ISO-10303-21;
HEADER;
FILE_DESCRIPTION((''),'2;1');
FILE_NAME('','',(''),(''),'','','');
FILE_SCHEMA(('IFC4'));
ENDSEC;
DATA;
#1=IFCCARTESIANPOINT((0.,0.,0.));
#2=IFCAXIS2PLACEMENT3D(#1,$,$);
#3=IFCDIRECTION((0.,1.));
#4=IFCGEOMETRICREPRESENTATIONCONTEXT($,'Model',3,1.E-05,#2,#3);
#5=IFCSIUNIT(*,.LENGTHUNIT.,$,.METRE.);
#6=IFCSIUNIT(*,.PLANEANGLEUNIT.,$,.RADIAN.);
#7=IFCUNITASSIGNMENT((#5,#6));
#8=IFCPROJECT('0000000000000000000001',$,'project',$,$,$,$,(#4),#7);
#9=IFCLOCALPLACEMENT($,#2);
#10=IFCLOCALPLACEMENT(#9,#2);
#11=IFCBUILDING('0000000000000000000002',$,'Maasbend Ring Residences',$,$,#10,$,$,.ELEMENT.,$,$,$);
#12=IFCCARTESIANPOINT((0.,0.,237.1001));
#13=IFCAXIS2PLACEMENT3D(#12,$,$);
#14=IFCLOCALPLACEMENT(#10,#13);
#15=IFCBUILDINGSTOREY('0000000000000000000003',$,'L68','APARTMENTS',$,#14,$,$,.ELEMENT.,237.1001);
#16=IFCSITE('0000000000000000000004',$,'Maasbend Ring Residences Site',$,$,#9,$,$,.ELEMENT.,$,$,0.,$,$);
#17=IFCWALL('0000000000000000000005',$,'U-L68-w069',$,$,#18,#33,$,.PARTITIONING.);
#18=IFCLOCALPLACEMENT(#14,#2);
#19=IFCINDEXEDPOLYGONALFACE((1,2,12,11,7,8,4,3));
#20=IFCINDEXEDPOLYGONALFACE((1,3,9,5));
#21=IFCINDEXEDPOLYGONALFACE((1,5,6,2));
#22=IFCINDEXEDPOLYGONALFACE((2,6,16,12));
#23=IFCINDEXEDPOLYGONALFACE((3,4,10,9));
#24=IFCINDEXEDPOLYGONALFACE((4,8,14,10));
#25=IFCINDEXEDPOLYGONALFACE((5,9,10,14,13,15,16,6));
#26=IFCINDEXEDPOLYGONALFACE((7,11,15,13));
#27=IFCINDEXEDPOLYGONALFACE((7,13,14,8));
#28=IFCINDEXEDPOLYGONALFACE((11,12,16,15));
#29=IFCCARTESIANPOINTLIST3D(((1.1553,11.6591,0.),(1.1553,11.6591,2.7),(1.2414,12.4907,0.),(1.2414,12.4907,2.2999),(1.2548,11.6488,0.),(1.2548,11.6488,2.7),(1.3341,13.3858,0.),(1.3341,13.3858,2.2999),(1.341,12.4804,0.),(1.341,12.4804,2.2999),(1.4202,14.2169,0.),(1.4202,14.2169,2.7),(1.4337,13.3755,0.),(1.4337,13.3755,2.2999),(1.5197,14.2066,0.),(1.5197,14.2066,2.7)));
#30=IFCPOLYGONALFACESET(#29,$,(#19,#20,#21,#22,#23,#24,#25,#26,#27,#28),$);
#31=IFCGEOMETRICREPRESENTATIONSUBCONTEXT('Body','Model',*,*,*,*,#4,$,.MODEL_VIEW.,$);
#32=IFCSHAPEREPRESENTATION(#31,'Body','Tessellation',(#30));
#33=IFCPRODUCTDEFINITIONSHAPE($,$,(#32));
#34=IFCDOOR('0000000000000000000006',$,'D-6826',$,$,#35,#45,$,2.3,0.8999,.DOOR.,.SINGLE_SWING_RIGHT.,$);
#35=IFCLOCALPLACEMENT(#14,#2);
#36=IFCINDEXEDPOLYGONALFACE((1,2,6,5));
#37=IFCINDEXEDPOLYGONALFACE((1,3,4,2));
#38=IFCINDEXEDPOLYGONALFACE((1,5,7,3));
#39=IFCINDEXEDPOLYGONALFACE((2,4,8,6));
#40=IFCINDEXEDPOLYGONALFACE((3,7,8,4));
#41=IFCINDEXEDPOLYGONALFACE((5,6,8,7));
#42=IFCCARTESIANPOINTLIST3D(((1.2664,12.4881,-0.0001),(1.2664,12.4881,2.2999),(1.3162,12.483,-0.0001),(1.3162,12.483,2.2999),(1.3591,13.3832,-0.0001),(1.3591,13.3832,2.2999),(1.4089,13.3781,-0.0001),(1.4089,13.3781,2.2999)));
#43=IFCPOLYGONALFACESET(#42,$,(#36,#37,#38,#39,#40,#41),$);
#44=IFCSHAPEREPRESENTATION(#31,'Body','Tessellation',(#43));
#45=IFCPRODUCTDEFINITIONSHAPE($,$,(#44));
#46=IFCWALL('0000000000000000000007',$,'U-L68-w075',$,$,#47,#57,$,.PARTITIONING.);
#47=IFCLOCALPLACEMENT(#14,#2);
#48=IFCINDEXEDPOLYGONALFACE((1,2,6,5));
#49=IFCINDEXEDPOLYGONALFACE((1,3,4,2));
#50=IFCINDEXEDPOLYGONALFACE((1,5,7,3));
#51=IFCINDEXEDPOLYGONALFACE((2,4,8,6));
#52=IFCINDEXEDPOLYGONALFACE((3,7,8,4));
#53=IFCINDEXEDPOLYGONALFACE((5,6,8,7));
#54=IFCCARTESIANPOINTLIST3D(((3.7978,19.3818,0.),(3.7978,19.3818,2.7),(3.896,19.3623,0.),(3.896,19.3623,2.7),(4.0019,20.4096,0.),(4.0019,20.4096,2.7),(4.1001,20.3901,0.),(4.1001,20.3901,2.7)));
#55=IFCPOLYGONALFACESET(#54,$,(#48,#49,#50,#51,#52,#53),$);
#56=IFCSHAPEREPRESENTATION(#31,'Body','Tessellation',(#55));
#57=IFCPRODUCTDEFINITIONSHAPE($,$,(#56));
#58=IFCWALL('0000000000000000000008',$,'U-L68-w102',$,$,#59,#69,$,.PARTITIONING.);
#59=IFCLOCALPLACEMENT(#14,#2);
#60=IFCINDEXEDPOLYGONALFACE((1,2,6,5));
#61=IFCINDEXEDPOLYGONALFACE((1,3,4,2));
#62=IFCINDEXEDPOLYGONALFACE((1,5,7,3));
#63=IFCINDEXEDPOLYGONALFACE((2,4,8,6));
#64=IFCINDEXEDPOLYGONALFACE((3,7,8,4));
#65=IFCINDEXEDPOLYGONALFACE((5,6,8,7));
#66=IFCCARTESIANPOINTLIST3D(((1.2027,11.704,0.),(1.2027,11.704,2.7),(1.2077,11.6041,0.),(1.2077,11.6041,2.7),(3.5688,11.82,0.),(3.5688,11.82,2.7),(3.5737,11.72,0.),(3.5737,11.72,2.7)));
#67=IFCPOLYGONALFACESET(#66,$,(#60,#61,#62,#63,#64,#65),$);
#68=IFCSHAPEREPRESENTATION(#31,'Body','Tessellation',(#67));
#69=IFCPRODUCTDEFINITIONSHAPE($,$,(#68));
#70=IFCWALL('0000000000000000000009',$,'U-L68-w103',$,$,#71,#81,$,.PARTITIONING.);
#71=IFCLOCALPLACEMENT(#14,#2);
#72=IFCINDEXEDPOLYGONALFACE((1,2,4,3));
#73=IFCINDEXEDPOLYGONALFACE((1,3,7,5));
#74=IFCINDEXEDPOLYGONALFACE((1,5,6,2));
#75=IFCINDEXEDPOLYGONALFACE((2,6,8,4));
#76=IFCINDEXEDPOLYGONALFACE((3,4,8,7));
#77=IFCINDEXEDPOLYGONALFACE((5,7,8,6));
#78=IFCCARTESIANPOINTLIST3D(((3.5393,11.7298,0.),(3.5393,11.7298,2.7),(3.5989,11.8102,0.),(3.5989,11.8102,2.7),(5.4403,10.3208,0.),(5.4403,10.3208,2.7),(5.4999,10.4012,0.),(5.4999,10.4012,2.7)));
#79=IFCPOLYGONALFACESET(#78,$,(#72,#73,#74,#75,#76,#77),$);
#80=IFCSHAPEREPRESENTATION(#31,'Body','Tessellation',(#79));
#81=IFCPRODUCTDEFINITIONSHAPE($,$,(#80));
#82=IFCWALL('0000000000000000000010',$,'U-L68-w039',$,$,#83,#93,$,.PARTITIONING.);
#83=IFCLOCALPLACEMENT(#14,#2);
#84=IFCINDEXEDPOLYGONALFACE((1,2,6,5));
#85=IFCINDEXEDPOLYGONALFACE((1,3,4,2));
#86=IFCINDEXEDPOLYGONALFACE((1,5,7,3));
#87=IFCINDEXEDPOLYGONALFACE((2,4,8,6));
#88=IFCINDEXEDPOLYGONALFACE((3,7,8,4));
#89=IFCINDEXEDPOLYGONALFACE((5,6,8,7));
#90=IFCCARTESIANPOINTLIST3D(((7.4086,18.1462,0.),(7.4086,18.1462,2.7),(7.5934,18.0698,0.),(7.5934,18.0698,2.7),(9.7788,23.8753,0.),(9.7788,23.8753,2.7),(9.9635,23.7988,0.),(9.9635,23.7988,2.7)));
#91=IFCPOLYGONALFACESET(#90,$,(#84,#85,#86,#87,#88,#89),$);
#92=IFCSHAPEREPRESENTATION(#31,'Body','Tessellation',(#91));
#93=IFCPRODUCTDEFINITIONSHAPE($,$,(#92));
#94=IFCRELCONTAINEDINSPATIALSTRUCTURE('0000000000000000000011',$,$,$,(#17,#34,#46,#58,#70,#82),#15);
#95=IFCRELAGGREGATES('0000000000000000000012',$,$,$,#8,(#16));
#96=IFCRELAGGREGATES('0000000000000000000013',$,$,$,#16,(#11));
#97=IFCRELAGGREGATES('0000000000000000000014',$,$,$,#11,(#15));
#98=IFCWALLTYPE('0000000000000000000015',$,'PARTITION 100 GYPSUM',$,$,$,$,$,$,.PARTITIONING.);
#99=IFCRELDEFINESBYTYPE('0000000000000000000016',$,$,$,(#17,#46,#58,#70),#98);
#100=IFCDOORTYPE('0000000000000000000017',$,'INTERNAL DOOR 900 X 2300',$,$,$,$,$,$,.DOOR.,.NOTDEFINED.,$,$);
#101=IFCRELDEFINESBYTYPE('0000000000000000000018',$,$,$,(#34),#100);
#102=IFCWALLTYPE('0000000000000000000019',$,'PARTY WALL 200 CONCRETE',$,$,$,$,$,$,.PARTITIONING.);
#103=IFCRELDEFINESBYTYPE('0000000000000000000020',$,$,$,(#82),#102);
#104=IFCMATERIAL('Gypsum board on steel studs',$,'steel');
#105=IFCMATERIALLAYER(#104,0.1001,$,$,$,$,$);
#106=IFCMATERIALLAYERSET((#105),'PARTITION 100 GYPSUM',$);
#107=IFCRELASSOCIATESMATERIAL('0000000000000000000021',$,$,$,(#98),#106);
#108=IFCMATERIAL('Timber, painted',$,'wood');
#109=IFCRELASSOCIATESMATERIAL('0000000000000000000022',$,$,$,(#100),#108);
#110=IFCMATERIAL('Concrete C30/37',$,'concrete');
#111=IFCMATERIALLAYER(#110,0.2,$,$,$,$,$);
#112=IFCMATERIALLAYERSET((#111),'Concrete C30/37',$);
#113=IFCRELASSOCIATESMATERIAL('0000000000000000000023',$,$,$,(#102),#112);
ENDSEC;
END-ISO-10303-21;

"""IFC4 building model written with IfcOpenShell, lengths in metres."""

from ifc_helpers import new_model, si_unit, direction, frame, frame_2d, origin, place, context, subcontext, project, spatial, rectangle, extrude, material, layer, layer_set, type_object, element, fill, save


model = new_model("IFC4")

# Units and contexts
model_context = context("Model", 3, precision=1e-05, world=origin(), true_north=direction((0.0, 1.0)))
body_context = subcontext(model_context, "Body", "Model", "MODEL_VIEW")
ifc_project = project(units=[si_unit("LENGTHUNIT", "METRE"), si_unit("PLANEANGLEUNIT", "RADIAN")], contexts=[model_context])

# Site, building, storey
site_placement = place(None, origin())
site = spatial("IfcSite", under=ifc_project, at=site_placement, Name="Maasbend Ring Residences Site", CompositionType="ELEMENT", RefElevation=0.0)
building_placement = place(site_placement, origin())
building = spatial("IfcBuilding", under=site, at=building_placement, Name="Maasbend Ring Residences", CompositionType="ELEMENT")
storey_placement = place(building_placement, frame((0.0, 0.0, 237.1001)))
storey = spatial("IfcBuildingStorey", under=building, at=storey_placement, Name="L68", Description="APARTMENTS", CompositionType="ELEMENT", Elevation=237.1001)

# Shared definitions
ifc_material_1 = material(Name="Gypsum board on steel studs", Category="steel")
ifc_layer_1 = layer(ifc_material_1, 0.1001)
ifc_layer_set_1 = layer_set([ifc_layer_1], Name="PARTITION 100 GYPSUM")
wall_type_1 = type_object("IfcWallType", Name="PARTITION 100 GYPSUM", PredefinedType="PARTITIONING", material=ifc_layer_set_1)

# Wall, opening, door
wall_1_placement = place(storey_placement, frame((1.2051, 11.6541, 0.0), z_axis=(0.0, 0.0, 1.0), x_axis=(0.103009, 0.99468, 0.0)))
wall_1 = element("IfcWall", 1, at=wall_1_placement, inside=storey, type_object=wall_type_1, Name="U-L68-w069", PredefinedType="PARTITIONING", context=body_context, shape_type="SweptSolid", body=[
    extrude(rectangle(XDim=2.5715, YDim=0.1001, at=frame_2d((1.2856, 0.0))), origin(), (0.0, 0.0, 1.0), 2.7),
])
opening_1_placement = place(wall_1_placement, frame((0.8359, 0.0, 0.0)))
opening_1 = element("IfcOpeningElement", 2, at=opening_1_placement, cuts=wall_1, PredefinedType="OPENING", context=body_context, shape_type="SweptSolid", body=[
    extrude(rectangle(XDim=0.8999, YDim=2.3, at=frame_2d((0.45, 1.1499))), frame((0.0, 0.0601, 0.0), z_axis=(0.0, -1.0, 0.0), x_axis=(1.0, 0.0, 0.0)), (0.0, 0.0, 1.0), 0.1201),
])
ifc_material_2 = material(Name="Timber, painted", Category="wood")
door_type_1 = type_object("IfcDoorType", Name="INTERNAL DOOR 900 X 2300", OperationType="NOTDEFINED", PredefinedType="DOOR", material=ifc_material_2)
door_1_placement = place(opening_1_placement, origin())
door_1 = element("IfcDoor", 3, at=door_1_placement, inside=storey, type_object=door_type_1, Name="D-6826", OperationType="SINGLE_SWING_RIGHT", OverallHeight=2.3, OverallWidth=0.8999, PredefinedType="DOOR", context=body_context, shape_type="SweptSolid", body=[
    extrude(rectangle(XDim=0.8999, YDim=2.3, at=frame_2d((0.45, 1.1499))), frame((0.0, 0.0249, 0.0), z_axis=(0.0, -1.0, 0.0), x_axis=(1.0, 0.0, 0.0)), (0.0, 0.0, 1.0), 0.05),
])
fill(opening_1, door_1)

# Walls
wall_2_placement = place(storey_placement, frame((3.8469, 19.3721, 0.0), z_axis=(0.0, 0.0, 1.0), x_axis=(0.194772, 0.980849, 0.0)))
element("IfcWall", 4, at=wall_2_placement, inside=storey, type_object=wall_type_1, Name="U-L68-w075", PredefinedType="PARTITIONING", context=body_context, shape_type="SweptSolid", body=[
    extrude(rectangle(XDim=1.0479, YDim=0.1001, at=frame_2d((0.5239, 0.0))), origin(), (0.0, 0.0, 1.0), 2.7),
])
wall_3_placement = place(storey_placement, frame((1.2051, 11.6541, 0.0), z_axis=(0.0, 0.0, 1.0), x_axis=(0.998801, 0.048956, 0.0)))
element("IfcWall", 5, at=wall_3_placement, inside=storey, type_object=wall_type_1, Name="U-L68-w102", PredefinedType="PARTITIONING", context=body_context, shape_type="SweptSolid", body=[
    extrude(rectangle(XDim=2.3689, YDim=0.1001, at=frame_2d((1.1846, 0.0))), origin(), (0.0, 0.0, 1.0), 2.7),
])
wall_4_placement = place(storey_placement, frame((3.5691, 11.77, 0.0), z_axis=(0.0, 0.0, 1.0), x_axis=(0.80338, -0.595467, 0.0)))
element("IfcWall", 6, at=wall_4_placement, inside=storey, type_object=wall_type_1, Name="U-L68-w103", PredefinedType="PARTITIONING", context=body_context, shape_type="SweptSolid", body=[
    extrude(rectangle(XDim=2.3662, YDim=0.1001, at=frame_2d((1.1831, 0.0))), origin(), (0.0, 0.0, 1.0), 2.7),
])
ifc_material_3 = material(Name="Concrete C30/37", Category="concrete")
ifc_layer_2 = layer(ifc_material_3, 0.2)
ifc_layer_set_2 = layer_set([ifc_layer_2], Name="Concrete C30/37")
wall_type_2 = type_object("IfcWallType", Name="PARTY WALL 200 CONCRETE", PredefinedType="PARTITIONING", material=ifc_layer_set_2)
wall_5_placement = place(storey_placement, frame((7.501, 18.1079, 0.0), z_axis=(0.0, 0.0, 1.0), x_axis=(0.382282, 0.924046, 0.0)))
element("IfcWall", 7, at=wall_5_placement, inside=storey, type_object=wall_type_2, Name="U-L68-w039", PredefinedType="PARTITIONING", context=body_context, shape_type="SweptSolid", body=[
    extrude(rectangle(XDim=6.2, YDim=0.2, at=frame_2d((3.1001, 0.0))), origin(), (0.0, 0.0, 1.0), 2.7),
])

save(model, "model.ifc")
